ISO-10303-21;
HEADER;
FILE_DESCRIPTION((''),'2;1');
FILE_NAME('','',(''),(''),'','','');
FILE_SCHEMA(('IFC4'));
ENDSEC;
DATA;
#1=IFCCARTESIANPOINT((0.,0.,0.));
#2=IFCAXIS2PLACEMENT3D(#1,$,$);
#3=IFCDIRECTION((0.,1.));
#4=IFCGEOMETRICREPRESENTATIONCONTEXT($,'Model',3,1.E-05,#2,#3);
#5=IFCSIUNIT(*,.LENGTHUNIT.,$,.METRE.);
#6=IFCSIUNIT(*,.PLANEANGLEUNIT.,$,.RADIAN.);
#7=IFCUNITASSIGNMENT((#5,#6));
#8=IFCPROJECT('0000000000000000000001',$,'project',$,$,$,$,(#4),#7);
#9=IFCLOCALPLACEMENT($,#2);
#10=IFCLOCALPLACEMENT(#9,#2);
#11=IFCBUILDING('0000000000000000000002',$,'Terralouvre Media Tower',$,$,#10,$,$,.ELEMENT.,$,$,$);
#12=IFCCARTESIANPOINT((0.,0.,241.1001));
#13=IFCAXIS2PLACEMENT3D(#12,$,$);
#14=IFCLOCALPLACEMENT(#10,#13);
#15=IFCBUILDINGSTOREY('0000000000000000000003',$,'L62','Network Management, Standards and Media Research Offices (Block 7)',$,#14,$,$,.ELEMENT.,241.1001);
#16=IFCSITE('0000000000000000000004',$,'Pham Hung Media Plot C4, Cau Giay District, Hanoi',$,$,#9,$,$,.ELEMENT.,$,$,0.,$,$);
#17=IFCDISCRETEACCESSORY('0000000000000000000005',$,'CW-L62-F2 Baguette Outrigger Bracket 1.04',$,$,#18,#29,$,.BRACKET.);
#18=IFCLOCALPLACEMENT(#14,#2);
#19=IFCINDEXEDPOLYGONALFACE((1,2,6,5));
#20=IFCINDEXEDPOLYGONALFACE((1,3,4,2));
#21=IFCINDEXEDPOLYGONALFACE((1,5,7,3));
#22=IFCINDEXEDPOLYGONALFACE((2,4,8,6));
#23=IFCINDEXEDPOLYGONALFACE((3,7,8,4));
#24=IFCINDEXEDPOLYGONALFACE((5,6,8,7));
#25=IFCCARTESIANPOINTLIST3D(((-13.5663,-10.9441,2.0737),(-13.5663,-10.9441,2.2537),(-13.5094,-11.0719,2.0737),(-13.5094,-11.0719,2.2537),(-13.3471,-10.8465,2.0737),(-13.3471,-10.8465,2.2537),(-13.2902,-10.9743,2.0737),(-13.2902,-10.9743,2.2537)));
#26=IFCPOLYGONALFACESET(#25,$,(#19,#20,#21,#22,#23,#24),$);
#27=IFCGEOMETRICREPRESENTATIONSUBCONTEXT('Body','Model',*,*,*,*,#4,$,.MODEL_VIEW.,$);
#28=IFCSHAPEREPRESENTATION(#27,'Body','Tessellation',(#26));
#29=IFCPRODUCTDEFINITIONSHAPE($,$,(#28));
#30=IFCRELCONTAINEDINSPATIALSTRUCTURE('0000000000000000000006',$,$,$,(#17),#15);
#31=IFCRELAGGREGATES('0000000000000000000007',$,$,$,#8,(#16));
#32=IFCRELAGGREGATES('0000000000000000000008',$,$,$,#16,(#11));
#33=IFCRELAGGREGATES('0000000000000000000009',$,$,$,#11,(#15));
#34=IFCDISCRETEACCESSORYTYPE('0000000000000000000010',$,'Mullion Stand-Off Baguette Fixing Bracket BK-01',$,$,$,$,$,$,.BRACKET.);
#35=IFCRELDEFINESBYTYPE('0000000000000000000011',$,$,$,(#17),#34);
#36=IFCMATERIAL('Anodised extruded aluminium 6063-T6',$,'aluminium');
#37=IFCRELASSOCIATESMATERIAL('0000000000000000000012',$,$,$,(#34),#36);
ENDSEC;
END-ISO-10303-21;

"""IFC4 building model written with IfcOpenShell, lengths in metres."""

from ifc_helpers import new_model, si_unit, direction, frame, origin, origin_2d, place, context, subcontext, project, spatial, rectangle, extrude, material, type_object, element, save


model = new_model("IFC4")

# Units and contexts
model_context = context("Model", 3, precision=1e-05, world=origin(), true_north=direction((0.0, 1.0)))
body_context = subcontext(model_context, "Body", "Model", "MODEL_VIEW")
ifc_project = project(units=[si_unit("LENGTHUNIT", "METRE"), si_unit("PLANEANGLEUNIT", "RADIAN")], contexts=[model_context])

# Site, building, storey
site_placement = place(None, origin())
site = spatial("IfcSite", under=ifc_project, at=site_placement, Name="Pham Hung Media Plot C4, Cau Giay District, Hanoi", CompositionType="ELEMENT", RefElevation=0.0)
building_placement = place(site_placement, origin())
building = spatial("IfcBuilding", under=site, at=building_placement, Name="Terralouvre Media Tower", CompositionType="ELEMENT")
storey_placement = place(building_placement, frame((0.0, 0.0, 241.1001)))
storey = spatial("IfcBuildingStorey", under=building, at=storey_placement, Name="L62", Description="Network Management, Standards and Media Research Offices (Block 7)", CompositionType="ELEMENT", Elevation=241.1001)

# Discrete accessory
ifc_material_1 = material(Name="Anodised extruded aluminium 6063-T6", Category="aluminium")
discrete_accessory_type = type_object("IfcDiscreteAccessoryType", Name="Mullion Stand-Off Baguette Fixing Bracket BK-01", PredefinedType="BRACKET", material=ifc_material_1)
discrete_accessory_placement = place(storey_placement, frame((-13.4282, -10.9592, 2.0737), z_axis=(0.0, 0.0, 1.0), x_axis=(0.406737, -0.913545, 0.0)))
element("IfcDiscreteAccessory", 1, at=discrete_accessory_placement, inside=storey, type_object=discrete_accessory_type, Name="CW-L62-F2 Baguette Outrigger Bracket 1.04", PredefinedType="BRACKET", context=body_context, shape_type="SweptSolid", body=[
    extrude(rectangle(XDim=0.1399, YDim=0.24, at=origin_2d()), origin(), (0.0, 0.0, 1.0), 0.1799),
])

save(model, "model.ifc")
